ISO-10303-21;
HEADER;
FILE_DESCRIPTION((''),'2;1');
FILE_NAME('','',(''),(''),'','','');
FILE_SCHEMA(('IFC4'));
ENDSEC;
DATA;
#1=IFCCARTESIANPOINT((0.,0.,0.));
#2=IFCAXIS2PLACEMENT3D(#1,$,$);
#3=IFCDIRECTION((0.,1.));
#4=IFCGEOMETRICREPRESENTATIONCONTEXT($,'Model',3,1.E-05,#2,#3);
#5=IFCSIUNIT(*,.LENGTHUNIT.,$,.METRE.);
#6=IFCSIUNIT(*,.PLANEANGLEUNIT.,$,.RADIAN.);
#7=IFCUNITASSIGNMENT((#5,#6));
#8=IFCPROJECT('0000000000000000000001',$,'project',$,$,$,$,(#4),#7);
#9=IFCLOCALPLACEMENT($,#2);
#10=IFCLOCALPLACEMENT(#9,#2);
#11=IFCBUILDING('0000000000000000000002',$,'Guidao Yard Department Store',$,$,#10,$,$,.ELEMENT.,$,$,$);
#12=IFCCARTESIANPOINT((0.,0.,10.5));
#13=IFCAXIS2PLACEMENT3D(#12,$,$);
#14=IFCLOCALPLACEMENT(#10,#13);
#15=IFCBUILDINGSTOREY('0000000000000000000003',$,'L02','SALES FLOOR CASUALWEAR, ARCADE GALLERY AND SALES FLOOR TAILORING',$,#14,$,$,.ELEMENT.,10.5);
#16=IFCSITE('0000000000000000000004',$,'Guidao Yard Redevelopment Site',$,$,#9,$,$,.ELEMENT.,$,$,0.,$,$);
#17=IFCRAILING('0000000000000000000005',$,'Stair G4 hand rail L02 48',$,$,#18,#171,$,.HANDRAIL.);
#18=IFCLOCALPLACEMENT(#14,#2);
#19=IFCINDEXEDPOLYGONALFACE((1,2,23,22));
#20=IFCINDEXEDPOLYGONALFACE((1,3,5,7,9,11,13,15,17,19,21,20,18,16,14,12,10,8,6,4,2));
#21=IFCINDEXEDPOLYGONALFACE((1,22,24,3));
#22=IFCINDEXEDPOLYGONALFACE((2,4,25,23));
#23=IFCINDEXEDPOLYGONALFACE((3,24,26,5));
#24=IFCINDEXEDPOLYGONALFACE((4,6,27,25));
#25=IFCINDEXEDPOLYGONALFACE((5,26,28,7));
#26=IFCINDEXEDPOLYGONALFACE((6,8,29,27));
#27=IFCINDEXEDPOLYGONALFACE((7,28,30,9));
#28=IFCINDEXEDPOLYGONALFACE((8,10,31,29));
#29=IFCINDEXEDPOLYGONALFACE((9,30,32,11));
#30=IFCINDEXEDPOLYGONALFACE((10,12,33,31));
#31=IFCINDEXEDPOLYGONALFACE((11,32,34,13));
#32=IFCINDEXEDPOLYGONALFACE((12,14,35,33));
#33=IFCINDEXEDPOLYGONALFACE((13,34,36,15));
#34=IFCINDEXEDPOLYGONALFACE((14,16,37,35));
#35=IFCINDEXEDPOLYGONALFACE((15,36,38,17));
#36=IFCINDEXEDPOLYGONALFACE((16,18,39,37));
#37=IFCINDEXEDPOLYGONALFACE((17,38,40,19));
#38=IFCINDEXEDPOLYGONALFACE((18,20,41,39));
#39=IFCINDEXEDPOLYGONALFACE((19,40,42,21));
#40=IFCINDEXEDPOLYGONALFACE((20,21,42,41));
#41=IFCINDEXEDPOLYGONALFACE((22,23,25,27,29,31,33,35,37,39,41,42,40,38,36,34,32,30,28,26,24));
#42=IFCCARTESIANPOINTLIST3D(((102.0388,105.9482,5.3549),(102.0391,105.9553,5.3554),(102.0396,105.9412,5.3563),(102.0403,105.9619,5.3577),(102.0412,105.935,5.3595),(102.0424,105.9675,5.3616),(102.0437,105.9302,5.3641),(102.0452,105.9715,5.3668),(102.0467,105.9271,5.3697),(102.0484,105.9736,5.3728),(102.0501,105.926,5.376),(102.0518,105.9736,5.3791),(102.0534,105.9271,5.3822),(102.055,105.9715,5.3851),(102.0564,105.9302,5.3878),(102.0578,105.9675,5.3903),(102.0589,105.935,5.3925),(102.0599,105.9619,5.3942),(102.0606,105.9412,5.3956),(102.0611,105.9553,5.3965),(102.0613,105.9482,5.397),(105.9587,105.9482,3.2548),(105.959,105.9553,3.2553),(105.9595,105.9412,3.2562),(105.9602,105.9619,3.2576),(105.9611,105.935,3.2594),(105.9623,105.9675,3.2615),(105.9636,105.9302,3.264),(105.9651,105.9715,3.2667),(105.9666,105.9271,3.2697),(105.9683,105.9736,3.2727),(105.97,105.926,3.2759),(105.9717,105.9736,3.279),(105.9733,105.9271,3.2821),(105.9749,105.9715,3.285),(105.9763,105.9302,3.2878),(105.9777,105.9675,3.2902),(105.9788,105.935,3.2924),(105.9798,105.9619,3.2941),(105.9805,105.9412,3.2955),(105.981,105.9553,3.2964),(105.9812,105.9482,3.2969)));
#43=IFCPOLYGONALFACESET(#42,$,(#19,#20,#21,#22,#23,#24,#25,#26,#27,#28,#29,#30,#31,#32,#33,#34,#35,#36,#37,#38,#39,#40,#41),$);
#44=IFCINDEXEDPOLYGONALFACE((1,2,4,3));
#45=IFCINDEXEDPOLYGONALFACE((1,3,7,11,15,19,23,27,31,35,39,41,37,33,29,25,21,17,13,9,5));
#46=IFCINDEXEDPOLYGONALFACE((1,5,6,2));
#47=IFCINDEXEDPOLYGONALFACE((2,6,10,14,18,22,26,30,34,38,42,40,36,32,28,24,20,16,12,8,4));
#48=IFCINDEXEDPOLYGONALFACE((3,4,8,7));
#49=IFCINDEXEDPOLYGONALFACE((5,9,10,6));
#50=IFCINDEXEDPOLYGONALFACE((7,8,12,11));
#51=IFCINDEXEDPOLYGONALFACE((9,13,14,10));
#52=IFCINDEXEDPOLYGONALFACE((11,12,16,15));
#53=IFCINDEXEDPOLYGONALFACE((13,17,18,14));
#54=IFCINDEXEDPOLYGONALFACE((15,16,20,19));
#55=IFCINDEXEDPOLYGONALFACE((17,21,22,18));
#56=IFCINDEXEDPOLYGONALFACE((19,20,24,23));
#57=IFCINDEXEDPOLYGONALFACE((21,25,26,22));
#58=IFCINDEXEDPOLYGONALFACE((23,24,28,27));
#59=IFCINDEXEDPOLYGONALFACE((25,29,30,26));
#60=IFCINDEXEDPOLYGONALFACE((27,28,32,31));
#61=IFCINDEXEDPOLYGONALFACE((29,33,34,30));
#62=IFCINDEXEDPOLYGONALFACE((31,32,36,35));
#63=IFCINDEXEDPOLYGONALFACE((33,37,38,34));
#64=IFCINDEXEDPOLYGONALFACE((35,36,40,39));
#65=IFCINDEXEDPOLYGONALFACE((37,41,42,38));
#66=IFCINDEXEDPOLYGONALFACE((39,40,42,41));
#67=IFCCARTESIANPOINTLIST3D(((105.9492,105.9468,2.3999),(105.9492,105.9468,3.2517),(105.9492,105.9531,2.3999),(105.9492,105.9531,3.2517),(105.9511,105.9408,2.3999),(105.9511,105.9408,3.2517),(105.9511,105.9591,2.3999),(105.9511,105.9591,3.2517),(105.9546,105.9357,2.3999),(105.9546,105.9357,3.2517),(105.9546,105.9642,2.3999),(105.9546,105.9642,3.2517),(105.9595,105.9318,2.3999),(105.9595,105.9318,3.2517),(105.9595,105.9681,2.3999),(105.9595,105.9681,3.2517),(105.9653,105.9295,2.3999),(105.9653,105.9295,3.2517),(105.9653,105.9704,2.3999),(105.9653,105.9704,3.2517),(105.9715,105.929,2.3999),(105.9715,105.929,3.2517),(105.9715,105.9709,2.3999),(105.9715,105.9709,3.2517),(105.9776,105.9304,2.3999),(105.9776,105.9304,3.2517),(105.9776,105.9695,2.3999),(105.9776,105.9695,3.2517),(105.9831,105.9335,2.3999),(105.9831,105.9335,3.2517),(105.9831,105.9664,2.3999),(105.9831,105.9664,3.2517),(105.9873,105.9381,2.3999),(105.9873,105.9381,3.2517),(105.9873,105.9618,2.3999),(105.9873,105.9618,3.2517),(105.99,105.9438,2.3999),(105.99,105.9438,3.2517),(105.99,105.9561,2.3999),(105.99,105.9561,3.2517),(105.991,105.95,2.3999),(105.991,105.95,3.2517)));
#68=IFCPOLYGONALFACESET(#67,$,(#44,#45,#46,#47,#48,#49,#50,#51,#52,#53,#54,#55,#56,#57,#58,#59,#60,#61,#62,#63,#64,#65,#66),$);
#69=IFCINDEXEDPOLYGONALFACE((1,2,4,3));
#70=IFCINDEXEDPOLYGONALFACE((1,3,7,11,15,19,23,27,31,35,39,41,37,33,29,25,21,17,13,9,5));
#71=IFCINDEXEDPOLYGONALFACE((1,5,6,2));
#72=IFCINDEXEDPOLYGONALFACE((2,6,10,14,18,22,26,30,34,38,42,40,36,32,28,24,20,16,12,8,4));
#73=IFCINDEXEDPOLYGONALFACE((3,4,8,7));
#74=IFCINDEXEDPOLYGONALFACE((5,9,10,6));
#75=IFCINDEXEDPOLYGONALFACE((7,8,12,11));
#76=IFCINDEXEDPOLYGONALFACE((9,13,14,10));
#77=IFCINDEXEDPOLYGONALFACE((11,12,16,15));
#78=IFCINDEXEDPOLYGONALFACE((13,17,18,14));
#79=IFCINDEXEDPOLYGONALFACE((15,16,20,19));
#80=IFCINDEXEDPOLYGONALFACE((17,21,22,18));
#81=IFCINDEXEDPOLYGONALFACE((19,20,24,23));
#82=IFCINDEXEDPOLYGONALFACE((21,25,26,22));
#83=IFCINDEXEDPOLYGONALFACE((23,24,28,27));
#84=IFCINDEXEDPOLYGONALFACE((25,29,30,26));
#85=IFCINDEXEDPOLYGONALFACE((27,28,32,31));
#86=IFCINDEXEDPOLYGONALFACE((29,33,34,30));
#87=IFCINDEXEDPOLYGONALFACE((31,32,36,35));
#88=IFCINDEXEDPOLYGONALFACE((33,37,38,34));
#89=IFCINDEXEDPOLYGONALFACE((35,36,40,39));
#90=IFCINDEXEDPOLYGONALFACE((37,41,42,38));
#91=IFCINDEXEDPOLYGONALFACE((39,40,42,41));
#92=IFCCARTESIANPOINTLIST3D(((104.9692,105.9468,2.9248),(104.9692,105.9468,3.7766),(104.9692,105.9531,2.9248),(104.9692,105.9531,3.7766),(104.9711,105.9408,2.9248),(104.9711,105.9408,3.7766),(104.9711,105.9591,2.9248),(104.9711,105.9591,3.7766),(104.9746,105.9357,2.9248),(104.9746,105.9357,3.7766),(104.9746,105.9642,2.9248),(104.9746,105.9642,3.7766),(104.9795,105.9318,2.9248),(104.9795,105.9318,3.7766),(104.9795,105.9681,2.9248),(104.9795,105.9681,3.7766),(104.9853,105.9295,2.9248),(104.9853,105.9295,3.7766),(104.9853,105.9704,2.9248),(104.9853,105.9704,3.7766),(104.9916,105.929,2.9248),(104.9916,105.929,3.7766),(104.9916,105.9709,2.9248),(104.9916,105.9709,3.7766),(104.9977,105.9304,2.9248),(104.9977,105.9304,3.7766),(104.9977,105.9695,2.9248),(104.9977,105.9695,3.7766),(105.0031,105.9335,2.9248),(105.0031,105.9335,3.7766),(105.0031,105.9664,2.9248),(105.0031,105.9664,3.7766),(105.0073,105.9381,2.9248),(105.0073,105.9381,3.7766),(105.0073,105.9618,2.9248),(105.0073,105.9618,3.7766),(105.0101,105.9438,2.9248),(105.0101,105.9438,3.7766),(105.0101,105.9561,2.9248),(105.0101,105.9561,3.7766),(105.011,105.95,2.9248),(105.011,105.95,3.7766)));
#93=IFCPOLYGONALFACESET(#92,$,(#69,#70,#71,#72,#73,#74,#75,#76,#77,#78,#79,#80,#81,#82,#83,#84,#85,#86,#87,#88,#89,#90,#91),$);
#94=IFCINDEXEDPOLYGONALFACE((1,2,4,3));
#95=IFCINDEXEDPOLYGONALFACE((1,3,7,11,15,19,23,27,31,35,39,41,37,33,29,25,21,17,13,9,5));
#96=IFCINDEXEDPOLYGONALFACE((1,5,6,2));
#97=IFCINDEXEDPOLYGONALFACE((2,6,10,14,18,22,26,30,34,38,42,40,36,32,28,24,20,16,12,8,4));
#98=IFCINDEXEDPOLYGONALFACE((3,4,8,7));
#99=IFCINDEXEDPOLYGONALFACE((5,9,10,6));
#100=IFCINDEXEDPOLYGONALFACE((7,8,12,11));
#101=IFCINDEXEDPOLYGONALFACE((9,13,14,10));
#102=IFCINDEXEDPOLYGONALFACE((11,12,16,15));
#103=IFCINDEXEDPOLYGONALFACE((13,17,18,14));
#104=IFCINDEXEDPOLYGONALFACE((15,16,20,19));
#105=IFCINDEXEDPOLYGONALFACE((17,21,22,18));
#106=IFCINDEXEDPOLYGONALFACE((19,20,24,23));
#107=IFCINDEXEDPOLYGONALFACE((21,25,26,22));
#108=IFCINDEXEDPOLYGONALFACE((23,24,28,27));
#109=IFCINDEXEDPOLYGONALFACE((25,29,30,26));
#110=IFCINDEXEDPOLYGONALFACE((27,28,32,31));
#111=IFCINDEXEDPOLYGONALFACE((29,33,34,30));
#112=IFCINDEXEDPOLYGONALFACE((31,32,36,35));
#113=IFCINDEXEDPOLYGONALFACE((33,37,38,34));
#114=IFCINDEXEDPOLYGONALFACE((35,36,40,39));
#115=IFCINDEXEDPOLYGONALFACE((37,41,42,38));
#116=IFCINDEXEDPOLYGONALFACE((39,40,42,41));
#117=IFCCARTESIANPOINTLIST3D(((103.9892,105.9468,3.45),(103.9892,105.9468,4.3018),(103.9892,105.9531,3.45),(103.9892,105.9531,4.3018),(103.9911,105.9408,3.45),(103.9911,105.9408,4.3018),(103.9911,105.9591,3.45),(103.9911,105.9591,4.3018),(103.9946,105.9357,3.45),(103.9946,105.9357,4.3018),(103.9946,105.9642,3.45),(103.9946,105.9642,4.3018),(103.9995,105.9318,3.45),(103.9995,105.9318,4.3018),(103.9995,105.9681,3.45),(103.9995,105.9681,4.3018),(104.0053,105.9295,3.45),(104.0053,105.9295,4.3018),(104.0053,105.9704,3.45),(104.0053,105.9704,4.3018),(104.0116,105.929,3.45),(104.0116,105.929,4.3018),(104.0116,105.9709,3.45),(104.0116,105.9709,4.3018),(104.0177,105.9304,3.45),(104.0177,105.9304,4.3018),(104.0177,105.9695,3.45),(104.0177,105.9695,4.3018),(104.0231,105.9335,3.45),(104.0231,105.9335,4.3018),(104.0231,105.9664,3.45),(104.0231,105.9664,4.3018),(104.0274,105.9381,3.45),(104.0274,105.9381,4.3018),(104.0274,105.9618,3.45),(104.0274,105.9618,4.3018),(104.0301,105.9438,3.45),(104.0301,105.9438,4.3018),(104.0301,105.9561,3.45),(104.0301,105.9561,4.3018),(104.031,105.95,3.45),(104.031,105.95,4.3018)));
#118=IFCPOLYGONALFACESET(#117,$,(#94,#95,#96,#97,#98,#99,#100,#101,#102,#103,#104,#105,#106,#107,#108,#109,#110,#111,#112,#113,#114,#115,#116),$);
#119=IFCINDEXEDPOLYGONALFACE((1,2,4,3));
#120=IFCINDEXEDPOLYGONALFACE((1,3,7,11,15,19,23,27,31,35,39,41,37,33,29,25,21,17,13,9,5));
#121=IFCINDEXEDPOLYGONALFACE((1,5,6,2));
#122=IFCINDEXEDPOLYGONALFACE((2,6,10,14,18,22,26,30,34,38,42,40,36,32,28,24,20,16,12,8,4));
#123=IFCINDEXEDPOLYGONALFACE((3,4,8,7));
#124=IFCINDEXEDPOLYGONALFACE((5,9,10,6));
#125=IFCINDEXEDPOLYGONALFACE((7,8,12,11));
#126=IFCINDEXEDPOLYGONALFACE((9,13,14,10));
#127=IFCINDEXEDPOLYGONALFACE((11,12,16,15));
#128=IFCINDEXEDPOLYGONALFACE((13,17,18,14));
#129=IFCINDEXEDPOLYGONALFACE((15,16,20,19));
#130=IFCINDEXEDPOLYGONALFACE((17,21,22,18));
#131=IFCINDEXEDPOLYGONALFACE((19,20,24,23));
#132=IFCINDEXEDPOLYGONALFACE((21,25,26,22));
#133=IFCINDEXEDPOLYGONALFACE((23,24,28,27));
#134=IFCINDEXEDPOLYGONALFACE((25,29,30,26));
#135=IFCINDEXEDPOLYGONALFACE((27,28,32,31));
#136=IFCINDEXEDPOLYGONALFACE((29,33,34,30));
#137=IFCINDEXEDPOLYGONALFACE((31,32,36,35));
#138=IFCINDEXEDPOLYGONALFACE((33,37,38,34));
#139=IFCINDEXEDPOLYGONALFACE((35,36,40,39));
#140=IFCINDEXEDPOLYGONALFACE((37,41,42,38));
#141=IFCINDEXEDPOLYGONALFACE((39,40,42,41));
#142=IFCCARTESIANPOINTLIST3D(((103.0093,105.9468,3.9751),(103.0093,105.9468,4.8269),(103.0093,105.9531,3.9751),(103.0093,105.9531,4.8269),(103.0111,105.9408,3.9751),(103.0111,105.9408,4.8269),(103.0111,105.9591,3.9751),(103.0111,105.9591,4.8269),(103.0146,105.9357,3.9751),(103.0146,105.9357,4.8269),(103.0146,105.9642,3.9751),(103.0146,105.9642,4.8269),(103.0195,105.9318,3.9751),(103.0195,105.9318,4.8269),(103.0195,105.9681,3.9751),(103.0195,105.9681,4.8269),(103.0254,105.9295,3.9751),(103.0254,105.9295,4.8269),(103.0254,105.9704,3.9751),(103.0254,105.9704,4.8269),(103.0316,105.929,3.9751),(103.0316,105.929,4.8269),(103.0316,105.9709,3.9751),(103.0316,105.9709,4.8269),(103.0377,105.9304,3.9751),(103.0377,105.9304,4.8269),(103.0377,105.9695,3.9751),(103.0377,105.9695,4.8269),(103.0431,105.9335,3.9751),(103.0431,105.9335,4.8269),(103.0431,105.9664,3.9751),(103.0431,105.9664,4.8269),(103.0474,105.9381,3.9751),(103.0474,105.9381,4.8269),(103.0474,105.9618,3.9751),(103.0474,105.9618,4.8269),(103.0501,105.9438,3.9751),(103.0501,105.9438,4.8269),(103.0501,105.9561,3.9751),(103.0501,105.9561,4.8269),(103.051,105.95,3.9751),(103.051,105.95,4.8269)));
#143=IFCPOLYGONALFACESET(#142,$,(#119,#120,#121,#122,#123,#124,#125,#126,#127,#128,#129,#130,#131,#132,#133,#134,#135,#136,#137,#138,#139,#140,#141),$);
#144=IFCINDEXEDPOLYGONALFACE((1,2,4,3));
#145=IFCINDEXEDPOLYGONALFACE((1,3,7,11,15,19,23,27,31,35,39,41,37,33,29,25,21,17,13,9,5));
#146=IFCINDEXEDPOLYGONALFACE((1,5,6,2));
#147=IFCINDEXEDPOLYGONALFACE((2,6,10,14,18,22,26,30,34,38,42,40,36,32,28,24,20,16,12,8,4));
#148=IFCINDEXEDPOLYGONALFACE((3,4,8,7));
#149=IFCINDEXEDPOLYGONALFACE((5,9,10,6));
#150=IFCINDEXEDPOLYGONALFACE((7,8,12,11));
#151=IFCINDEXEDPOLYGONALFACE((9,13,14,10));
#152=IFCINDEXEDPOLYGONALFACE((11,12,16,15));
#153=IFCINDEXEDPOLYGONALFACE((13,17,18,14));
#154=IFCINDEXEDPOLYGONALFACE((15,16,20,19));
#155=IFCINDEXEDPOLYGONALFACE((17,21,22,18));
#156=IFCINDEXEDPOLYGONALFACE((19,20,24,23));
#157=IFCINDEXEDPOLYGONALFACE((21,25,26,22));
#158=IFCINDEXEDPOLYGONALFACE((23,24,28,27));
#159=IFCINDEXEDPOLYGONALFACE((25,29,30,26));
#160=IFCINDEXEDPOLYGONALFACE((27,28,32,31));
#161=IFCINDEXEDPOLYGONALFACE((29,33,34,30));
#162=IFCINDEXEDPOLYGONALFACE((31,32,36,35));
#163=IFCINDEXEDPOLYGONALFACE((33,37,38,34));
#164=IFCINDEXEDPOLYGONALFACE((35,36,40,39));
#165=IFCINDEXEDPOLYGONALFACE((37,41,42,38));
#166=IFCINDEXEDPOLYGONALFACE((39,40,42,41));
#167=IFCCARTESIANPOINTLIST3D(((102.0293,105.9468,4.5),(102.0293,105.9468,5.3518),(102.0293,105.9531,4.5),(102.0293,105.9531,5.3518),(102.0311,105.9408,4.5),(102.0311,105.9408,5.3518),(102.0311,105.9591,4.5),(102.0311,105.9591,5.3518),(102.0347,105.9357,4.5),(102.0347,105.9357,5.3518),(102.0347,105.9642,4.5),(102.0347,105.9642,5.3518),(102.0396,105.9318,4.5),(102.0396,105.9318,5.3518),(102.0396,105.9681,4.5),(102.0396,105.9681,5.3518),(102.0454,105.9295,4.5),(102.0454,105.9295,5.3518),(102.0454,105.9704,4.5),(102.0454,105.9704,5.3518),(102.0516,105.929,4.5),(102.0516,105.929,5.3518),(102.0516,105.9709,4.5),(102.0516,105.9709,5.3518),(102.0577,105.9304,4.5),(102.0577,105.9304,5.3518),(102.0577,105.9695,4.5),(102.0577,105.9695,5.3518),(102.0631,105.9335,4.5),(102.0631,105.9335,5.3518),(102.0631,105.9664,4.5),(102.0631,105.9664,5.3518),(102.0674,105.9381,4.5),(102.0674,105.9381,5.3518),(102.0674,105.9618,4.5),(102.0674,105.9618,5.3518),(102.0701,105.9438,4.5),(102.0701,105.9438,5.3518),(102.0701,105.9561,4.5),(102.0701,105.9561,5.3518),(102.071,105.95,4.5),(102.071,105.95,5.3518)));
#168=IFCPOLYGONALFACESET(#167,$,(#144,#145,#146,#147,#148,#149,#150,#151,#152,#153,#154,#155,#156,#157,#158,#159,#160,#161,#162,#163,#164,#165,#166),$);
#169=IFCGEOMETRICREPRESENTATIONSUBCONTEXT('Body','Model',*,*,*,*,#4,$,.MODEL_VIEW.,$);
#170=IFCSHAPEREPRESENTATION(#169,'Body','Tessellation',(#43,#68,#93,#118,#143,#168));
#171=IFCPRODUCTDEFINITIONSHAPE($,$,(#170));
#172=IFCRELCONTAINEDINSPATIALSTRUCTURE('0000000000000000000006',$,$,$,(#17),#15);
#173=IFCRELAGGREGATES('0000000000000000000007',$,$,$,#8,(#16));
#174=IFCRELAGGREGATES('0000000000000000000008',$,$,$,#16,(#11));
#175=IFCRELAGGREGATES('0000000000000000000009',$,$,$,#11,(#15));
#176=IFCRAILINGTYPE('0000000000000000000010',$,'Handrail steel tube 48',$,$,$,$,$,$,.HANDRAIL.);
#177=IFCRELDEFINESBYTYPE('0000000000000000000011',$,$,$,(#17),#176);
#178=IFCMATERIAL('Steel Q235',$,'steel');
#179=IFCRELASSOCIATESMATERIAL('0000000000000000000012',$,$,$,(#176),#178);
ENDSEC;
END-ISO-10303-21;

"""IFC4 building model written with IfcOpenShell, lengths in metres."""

from ifc_helpers import new_model, si_unit, direction, frame, origin, origin_2d, place, context, subcontext, project, spatial, circle, extrude, material, type_object, element, save


model = new_model("IFC4")

# Units and contexts
model_context = context("Model", 3, precision=1e-05, world=origin(), true_north=direction((0.0, 1.0)))
body_context = subcontext(model_context, "Body", "Model", "MODEL_VIEW")
ifc_project = project(units=[si_unit("LENGTHUNIT", "METRE"), si_unit("PLANEANGLEUNIT", "RADIAN")], contexts=[model_context])

# Site, building, storey
site_placement = place(None, origin())
site = spatial("IfcSite", under=ifc_project, at=site_placement, Name="Guidao Yard Redevelopment Site", CompositionType="ELEMENT", RefElevation=0.0)
building_placement = place(site_placement, origin())
building = spatial("IfcBuilding", under=site, at=building_placement, Name="Guidao Yard Department Store", CompositionType="ELEMENT")
storey_placement = place(building_placement, frame((0.0, 0.0, 10.5)))
storey = spatial("IfcBuildingStorey", under=building, at=storey_placement, Name="L02", Description="SALES FLOOR CASUALWEAR, ARCADE GALLERY AND SALES FLOOR TAILORING", CompositionType="ELEMENT", Elevation=10.5)

# Railing
ifc_material_1 = material(Name="Steel Q235", Category="steel")
railing_type_1 = type_object("IfcRailingType", Name="Handrail steel tube 48", PredefinedType="HANDRAIL", material=ifc_material_1)
for number, where, name in (
    (1, (105.97, 105.95, 2.3999), "Stair G4 hand rail L02 48"),
):
    element("IfcRailing", number, at=place(storey_placement, frame(where)), inside=storey, type_object=railing_type_1, Name=name, PredefinedType="HANDRAIL", context=body_context, shape_type="SweptSolid", body=[
        extrude(circle(Radius=0.0239, at=origin_2d()), frame((0.0, 0.0, 0.876), z_axis=(-0.881467, 0.0, 0.472246), x_axis=(0.0, -1.0, 0.0)), (0.0, 0.0, 1.0), 4.447),
        extrude(circle(Radius=0.021, at=origin_2d()), origin(), (0.0, 0.0, 1.0), 0.8518),
        extrude(circle(Radius=0.021, at=origin_2d()), frame((-0.98, 0.0, 0.5249)), (0.0, 0.0, 1.0), 0.8518),
        extrude(circle(Radius=0.021, at=origin_2d()), frame((-1.96, 0.0, 1.05)), (0.0, 0.0, 1.0), 0.8518),
        extrude(circle(Radius=0.021, at=origin_2d()), frame((-2.9399, 0.0, 1.5752)), (0.0, 0.0, 1.0), 0.8518),
        extrude(circle(Radius=0.021, at=origin_2d()), frame((-3.9199, 0.0, 2.1001)), (0.0, 0.0, 1.0), 0.8518),
    ])

save(model, "model.ifc")
